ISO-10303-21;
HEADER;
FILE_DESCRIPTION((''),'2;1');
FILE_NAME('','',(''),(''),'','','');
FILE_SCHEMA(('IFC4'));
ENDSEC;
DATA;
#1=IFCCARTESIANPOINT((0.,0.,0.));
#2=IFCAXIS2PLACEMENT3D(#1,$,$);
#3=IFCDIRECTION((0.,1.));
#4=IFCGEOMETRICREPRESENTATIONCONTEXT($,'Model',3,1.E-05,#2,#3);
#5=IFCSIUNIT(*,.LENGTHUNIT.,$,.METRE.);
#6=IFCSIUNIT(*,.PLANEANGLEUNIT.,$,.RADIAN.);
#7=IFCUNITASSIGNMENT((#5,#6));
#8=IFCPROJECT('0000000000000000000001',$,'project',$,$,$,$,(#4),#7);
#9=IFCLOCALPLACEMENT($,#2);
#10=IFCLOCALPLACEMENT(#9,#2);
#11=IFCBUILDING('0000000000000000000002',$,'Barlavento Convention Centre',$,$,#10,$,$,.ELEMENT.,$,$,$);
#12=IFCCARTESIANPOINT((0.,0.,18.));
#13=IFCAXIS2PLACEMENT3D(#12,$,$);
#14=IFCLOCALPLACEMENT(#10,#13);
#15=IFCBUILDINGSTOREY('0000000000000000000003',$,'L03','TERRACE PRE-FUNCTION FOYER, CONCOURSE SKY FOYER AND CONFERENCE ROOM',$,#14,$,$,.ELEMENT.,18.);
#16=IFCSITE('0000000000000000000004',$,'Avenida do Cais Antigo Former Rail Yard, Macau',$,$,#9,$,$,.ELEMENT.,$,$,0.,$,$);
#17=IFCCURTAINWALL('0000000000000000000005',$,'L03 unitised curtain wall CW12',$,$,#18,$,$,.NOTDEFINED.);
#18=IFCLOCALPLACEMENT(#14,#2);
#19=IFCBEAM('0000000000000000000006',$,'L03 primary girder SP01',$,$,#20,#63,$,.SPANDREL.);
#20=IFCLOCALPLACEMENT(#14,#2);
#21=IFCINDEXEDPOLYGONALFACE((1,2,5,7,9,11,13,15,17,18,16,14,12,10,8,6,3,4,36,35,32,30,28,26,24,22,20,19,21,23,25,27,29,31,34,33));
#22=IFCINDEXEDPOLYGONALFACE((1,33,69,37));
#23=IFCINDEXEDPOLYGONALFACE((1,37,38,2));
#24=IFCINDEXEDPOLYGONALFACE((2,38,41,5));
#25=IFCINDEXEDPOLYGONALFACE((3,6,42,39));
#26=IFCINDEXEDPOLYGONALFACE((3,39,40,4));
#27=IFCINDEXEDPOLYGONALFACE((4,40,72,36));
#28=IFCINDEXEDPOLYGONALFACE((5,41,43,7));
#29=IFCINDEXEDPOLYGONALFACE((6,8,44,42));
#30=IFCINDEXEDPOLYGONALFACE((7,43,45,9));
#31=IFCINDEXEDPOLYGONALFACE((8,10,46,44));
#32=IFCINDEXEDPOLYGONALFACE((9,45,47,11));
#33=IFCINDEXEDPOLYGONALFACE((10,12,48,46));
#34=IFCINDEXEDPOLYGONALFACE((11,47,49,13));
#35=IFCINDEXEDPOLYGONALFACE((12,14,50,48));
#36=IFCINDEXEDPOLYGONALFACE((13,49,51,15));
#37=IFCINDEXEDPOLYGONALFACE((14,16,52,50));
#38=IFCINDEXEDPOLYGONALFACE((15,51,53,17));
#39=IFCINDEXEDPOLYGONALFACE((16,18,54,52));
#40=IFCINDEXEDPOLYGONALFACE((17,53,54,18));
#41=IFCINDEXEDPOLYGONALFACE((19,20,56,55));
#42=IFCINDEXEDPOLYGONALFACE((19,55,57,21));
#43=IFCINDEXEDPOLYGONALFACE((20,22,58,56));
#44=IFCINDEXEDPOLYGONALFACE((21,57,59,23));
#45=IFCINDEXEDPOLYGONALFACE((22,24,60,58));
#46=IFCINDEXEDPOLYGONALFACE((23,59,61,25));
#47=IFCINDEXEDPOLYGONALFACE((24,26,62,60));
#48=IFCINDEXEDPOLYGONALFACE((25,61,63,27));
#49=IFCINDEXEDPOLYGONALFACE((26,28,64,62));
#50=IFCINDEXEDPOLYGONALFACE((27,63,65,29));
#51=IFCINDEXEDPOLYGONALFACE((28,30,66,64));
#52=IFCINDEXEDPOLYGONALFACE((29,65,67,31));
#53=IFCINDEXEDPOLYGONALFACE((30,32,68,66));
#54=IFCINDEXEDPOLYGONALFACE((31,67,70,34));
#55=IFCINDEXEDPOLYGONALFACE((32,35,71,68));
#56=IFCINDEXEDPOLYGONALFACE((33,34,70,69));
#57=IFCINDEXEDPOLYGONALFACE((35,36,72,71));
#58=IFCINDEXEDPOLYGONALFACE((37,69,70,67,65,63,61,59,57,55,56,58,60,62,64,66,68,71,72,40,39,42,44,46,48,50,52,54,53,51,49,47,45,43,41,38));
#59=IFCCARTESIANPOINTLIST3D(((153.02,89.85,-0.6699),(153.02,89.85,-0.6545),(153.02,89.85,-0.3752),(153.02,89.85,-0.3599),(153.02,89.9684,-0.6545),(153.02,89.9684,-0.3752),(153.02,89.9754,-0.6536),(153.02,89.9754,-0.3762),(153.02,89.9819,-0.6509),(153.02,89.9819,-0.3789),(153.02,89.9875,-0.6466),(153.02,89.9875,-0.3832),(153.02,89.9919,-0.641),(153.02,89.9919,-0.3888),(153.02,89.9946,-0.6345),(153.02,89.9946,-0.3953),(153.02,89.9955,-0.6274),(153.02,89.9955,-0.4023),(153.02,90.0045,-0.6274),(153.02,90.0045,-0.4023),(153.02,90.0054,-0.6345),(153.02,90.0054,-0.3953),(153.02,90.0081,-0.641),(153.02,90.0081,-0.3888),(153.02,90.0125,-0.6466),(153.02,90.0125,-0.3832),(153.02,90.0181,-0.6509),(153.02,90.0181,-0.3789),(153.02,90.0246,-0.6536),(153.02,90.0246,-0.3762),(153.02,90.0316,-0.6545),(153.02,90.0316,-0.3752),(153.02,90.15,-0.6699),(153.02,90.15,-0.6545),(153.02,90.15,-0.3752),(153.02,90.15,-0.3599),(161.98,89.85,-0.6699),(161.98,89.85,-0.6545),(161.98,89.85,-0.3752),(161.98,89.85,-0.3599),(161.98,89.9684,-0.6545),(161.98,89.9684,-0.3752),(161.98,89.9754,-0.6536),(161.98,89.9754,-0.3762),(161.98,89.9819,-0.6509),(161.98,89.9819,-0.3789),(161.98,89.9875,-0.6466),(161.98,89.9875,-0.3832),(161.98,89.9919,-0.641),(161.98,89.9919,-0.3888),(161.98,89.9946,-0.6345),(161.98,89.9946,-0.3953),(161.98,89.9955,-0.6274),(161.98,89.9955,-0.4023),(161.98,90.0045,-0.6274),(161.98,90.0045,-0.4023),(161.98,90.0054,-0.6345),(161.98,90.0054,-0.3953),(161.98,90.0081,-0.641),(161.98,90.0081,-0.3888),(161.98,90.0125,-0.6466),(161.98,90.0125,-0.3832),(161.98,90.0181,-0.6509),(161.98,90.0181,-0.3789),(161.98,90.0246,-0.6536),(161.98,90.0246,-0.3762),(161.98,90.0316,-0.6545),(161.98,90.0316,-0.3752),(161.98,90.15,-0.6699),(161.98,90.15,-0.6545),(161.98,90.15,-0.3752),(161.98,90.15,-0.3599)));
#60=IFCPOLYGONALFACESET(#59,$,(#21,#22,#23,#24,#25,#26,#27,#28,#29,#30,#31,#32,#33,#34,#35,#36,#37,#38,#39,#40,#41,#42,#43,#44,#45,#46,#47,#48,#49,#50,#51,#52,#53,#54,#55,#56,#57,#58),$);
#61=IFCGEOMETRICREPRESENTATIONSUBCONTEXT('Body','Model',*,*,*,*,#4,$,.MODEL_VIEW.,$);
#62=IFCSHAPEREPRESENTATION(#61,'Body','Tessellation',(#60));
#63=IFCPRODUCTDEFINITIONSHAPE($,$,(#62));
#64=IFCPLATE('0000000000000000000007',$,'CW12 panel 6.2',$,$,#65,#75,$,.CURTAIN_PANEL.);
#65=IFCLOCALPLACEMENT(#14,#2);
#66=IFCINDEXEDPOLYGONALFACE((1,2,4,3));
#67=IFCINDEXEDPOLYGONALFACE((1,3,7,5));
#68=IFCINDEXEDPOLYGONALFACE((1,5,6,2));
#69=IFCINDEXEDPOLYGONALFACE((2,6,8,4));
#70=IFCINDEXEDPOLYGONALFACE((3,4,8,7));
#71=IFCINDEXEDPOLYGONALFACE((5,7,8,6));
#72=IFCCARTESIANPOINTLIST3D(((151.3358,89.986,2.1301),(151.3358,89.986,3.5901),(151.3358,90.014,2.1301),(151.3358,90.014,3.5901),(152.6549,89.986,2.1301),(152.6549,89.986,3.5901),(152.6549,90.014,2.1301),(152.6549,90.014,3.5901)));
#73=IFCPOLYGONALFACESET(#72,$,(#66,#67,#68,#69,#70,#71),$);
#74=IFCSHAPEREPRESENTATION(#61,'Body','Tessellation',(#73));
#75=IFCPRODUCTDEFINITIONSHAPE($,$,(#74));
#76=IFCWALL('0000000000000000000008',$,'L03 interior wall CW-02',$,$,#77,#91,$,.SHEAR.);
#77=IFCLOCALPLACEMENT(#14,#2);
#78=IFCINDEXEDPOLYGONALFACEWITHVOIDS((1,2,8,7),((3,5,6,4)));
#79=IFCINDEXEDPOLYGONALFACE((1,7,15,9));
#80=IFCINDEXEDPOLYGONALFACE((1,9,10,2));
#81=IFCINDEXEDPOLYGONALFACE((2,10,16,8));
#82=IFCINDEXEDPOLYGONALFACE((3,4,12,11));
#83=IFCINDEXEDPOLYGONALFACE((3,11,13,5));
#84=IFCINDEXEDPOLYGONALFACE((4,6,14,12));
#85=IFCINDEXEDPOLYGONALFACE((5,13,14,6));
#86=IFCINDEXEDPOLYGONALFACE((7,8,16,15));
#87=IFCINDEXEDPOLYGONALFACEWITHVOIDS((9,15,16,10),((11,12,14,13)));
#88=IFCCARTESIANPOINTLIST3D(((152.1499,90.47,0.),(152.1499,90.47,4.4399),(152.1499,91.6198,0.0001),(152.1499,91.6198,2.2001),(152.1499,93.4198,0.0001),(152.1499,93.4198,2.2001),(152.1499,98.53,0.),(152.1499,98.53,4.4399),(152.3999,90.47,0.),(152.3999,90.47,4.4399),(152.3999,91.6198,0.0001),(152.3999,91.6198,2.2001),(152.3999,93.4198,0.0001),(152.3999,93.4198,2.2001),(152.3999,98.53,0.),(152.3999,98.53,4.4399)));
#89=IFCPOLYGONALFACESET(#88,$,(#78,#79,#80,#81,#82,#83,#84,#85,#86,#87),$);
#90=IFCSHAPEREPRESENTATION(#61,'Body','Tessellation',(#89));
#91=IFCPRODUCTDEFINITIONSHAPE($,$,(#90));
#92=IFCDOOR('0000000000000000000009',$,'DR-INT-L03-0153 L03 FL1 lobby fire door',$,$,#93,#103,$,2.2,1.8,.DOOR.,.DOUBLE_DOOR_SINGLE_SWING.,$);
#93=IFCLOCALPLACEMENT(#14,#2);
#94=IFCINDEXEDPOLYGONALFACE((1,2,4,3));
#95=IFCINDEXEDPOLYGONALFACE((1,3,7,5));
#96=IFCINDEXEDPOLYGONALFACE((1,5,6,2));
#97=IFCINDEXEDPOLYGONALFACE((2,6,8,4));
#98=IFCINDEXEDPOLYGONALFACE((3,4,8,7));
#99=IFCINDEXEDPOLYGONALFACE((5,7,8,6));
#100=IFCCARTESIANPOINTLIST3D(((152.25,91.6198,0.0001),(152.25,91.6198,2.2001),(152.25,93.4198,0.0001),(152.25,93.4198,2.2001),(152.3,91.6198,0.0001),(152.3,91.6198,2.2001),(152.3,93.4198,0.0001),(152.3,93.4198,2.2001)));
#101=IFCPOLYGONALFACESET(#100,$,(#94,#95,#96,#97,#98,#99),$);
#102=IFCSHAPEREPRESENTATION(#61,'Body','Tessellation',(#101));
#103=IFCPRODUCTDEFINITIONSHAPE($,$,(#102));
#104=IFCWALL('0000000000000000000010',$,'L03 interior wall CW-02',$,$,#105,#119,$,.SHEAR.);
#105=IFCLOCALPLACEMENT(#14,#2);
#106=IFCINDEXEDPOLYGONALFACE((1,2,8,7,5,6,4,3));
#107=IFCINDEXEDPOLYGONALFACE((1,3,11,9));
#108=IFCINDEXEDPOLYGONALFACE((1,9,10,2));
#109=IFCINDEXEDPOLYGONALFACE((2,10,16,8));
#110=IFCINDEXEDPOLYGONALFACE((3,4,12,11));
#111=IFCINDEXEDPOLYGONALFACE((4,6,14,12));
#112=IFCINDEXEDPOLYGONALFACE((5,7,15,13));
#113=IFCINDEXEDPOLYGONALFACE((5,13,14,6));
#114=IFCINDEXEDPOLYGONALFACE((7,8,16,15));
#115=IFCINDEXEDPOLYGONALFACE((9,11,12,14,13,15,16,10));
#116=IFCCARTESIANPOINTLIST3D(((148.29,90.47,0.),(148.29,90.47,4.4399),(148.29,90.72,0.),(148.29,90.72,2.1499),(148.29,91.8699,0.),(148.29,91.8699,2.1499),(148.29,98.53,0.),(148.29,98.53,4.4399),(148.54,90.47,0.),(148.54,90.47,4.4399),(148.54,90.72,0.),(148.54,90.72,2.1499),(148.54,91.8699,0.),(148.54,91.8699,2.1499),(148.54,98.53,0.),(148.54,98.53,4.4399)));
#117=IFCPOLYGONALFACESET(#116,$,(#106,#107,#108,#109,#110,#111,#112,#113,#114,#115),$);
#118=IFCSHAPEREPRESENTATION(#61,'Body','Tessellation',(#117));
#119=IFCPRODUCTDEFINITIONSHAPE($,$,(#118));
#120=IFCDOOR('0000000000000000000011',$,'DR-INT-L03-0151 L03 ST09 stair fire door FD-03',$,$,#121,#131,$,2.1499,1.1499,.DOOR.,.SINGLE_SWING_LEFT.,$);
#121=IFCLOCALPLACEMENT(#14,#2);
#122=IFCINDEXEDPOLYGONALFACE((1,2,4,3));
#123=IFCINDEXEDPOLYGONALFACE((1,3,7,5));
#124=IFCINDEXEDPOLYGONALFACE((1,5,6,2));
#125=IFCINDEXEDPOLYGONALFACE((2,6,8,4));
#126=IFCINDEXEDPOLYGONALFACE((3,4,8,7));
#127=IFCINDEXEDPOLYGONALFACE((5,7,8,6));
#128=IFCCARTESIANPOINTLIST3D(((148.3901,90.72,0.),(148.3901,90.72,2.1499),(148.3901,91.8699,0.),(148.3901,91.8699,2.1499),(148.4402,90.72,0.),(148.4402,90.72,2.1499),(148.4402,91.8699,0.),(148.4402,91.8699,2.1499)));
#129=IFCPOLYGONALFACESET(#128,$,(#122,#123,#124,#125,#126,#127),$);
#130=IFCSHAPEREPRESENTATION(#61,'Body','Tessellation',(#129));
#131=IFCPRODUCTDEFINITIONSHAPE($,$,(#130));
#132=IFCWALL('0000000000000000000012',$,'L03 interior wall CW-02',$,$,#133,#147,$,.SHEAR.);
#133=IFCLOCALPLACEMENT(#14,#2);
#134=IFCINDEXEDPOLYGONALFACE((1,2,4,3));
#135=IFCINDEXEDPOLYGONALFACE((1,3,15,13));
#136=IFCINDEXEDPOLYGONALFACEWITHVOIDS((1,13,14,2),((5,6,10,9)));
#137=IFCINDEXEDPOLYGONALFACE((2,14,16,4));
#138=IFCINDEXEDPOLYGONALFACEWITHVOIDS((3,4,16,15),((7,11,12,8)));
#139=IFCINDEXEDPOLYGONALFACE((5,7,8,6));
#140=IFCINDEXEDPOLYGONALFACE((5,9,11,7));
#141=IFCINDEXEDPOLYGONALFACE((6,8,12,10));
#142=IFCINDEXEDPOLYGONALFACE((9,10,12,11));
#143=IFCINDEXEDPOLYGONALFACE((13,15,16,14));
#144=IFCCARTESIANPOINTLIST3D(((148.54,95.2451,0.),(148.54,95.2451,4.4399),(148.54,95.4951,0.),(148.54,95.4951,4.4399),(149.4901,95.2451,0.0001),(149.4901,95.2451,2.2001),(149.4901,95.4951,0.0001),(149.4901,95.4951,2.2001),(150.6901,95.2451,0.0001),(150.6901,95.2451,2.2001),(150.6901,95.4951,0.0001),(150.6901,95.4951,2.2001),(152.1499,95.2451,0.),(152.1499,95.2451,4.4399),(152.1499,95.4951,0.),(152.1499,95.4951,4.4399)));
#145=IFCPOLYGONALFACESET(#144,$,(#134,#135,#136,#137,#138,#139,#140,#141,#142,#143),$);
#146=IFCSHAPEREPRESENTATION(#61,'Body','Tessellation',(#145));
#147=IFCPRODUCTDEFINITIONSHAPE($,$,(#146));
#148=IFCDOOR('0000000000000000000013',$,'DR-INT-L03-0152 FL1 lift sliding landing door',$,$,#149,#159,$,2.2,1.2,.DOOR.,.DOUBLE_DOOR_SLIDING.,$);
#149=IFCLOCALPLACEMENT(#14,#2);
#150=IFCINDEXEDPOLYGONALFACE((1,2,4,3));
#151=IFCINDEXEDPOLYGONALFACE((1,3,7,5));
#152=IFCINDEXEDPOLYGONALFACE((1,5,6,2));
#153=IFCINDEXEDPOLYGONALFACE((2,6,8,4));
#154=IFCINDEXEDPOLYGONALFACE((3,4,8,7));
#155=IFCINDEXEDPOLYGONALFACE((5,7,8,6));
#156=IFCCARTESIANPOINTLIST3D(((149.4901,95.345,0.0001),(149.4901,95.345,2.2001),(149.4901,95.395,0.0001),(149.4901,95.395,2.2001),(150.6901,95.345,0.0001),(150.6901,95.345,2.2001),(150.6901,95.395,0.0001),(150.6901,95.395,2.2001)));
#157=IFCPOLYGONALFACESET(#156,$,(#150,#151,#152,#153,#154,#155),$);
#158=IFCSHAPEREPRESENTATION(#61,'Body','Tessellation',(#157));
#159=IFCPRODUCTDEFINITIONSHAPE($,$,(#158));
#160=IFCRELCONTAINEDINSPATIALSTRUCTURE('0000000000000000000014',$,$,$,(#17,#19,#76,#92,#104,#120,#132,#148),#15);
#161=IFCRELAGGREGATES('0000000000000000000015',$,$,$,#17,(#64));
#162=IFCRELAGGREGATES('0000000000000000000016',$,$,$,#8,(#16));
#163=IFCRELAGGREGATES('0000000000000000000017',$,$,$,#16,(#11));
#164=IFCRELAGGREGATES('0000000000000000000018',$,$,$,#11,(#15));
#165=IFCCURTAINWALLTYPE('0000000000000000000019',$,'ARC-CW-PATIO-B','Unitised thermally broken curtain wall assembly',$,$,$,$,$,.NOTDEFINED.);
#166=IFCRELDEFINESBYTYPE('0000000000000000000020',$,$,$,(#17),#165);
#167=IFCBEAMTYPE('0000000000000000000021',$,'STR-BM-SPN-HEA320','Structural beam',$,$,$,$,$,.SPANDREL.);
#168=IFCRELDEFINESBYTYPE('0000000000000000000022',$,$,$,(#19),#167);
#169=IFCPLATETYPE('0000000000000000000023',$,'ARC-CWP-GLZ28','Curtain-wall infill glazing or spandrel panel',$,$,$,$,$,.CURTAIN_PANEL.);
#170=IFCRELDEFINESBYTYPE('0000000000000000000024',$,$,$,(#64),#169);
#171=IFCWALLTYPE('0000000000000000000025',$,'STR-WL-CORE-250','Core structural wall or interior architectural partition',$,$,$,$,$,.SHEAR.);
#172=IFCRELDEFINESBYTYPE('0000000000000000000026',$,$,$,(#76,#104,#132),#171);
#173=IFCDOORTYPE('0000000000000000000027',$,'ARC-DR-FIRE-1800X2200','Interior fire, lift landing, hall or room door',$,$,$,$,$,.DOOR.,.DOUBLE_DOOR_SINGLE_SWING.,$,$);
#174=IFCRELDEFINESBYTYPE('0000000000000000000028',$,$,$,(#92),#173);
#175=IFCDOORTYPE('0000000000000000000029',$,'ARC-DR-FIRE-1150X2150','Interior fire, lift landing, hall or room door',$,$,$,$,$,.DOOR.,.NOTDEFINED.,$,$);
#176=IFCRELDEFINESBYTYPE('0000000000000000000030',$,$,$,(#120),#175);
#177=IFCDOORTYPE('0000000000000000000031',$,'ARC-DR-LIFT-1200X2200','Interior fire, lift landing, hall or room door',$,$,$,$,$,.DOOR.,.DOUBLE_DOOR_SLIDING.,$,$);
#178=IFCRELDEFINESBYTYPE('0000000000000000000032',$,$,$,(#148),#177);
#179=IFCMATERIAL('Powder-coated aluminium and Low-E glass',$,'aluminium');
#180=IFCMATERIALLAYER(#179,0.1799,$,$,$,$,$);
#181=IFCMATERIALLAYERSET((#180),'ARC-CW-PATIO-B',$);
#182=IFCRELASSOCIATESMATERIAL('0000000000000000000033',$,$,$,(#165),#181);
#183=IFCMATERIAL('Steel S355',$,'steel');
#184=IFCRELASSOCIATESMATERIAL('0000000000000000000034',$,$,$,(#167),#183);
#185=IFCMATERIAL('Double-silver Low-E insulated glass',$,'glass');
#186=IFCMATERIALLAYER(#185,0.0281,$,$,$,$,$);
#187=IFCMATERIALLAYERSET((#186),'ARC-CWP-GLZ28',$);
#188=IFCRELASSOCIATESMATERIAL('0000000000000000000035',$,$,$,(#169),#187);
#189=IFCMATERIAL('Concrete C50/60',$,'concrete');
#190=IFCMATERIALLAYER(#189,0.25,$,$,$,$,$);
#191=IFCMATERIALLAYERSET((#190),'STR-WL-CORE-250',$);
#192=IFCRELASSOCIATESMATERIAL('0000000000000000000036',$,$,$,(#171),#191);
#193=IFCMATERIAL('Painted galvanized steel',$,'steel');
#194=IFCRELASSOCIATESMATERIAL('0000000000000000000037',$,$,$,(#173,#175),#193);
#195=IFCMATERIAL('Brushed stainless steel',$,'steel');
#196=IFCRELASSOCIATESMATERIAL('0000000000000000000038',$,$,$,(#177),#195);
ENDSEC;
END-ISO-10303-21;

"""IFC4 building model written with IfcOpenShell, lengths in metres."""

from ifc_helpers import new_model, si_unit, direction, frame, frame_2d, origin, origin_2d, place, context, subcontext, project, spatial, rectangle, i_section, extrude, material, layer, layer_set, material_profile, profile_set, type_object, element, fill, aggregate, save


model = new_model("IFC4")

# Units and contexts
model_context = context("Model", 3, precision=1e-05, world=origin(), true_north=direction((0.0, 1.0)))
body_context = subcontext(model_context, "Body", "Model", "MODEL_VIEW")
ifc_project = project(units=[si_unit("LENGTHUNIT", "METRE"), si_unit("PLANEANGLEUNIT", "RADIAN")], contexts=[model_context])

# Site, building, storey
site_placement = place(None, origin())
site = spatial("IfcSite", under=ifc_project, at=site_placement, Name="Avenida do Cais Antigo Former Rail Yard, Macau", CompositionType="ELEMENT", RefElevation=0.0)
building_placement = place(site_placement, origin())
building = spatial("IfcBuilding", under=site, at=building_placement, Name="Barlavento Convention Centre", CompositionType="ELEMENT")
storey_placement = place(building_placement, frame((0.0, 0.0, 18.0)))
storey = spatial("IfcBuildingStorey", under=building, at=storey_placement, Name="L03", Description="TERRACE PRE-FUNCTION FOYER, CONCOURSE SKY FOYER AND CONFERENCE ROOM", CompositionType="ELEMENT", Elevation=18.0)

# Shared definitions
ifc_material_1 = material(Name="Steel S355", Category="steel")

# Curtain wall
ifc_material_2 = material(Name="Powder-coated aluminium and Low-E glass", Category="aluminium")
ifc_layer_1 = layer(ifc_material_2, 0.1799)
ifc_layer_set_1 = layer_set([ifc_layer_1], Name="ARC-CW-PATIO-B")
curtain_wall_type_1 = type_object("IfcCurtainWallType", Name="ARC-CW-PATIO-B", Description="Unitised thermally broken curtain wall assembly", PredefinedType="NOTDEFINED", material=ifc_layer_set_1)
curtain_wall_1_placement = place(storey_placement, origin())
curtain_wall_1 = element("IfcCurtainWall", 1, at=curtain_wall_1_placement, inside=storey, type_object=curtain_wall_type_1, Name="L03 unitised curtain wall CW12", PredefinedType="NOTDEFINED")

# Beam
ifc_material_profile_1 = material_profile(ifc_material_1, i_section(OverallWidth=0.3, OverallDepth=0.3101, WebThickness=0.009, FlangeThickness=0.0154, FilletRadius=0.0271, at=origin_2d()), Name="HEA 320")
ifc_profile_set_1 = profile_set([ifc_material_profile_1], Name="Steel S355")
beam_type_1 = type_object("IfcBeamType", Name="STR-BM-SPN-HEA320", Description="Structural beam", PredefinedType="SPANDREL", material=ifc_profile_set_1)
beam_1_placement = place(storey_placement, frame((153.02, 90.0, -0.5149), z_axis=(1.0, 0.0, 0.0), x_axis=(0.0, 1.0, 0.0)))
element("IfcBeam", 2, at=beam_1_placement, inside=storey, type_object=beam_type_1, Name="L03 primary girder SP01", PredefinedType="SPANDREL", context=body_context, shape_type="SweptSolid", body=[
    extrude(i_section(OverallWidth=0.3, OverallDepth=0.3101, WebThickness=0.009, FlangeThickness=0.0154, FilletRadius=0.0271, at=origin_2d()), origin(), (0.0, 0.0, 1.0), 8.96),
])

# Plate
ifc_material_3 = material(Name="Double-silver Low-E insulated glass", Category="glass")
ifc_layer_2 = layer(ifc_material_3, 0.0281)
ifc_layer_set_2 = layer_set([ifc_layer_2], Name="ARC-CWP-GLZ28")
plate_type = type_object("IfcPlateType", Name="ARC-CWP-GLZ28", Description="Curtain-wall infill glazing or spandrel panel", PredefinedType="CURTAIN_PANEL", material=ifc_layer_set_2)
plate_placement = place(storey_placement, frame((151.9954, 90.0, 2.1301), z_axis=(0.0, 0.0, 1.0), x_axis=(1.0, 0.0, 0.0)))
plate = element("IfcPlate", 3, at=plate_placement, type_object=plate_type, Name="CW12 panel 6.2", PredefinedType="CURTAIN_PANEL", context=body_context, shape_type="SweptSolid", body=[
    extrude(rectangle(XDim=1.3191, YDim=0.0281, at=origin_2d()), origin(), (0.0, 0.0, 1.0), 1.46),
])
aggregate(curtain_wall_1, [plate])

# Walls, openings, doors
ifc_material_4 = material(Name="Concrete C50/60", Category="concrete")
ifc_layer_3 = layer(ifc_material_4, 0.25)
ifc_layer_set_3 = layer_set([ifc_layer_3], Name="STR-WL-CORE-250")
wall_type = type_object("IfcWallType", Name="STR-WL-CORE-250", Description="Core structural wall or interior architectural partition", PredefinedType="SHEAR", material=ifc_layer_set_3)
wall_1_placement = place(storey_placement, frame((152.2749, 90.47, 0.0), z_axis=(0.0, 0.0, 1.0), x_axis=(0.0, 1.0, 0.0)))
wall_1 = element("IfcWall", 4, at=wall_1_placement, inside=storey, type_object=wall_type, Name="L03 interior wall CW-02", PredefinedType="SHEAR", context=body_context, shape_type="SweptSolid", body=[
    extrude(rectangle(XDim=8.0601, YDim=0.25, at=frame_2d((4.03, 0.0))), origin(), (0.0, 0.0, 1.0), 4.4399),
])
opening_1_placement = place(wall_1_placement, frame((1.1499, 0.0, 0.0)))
opening_1 = element("IfcOpeningElement", 5, at=opening_1_placement, cuts=wall_1, PredefinedType="OPENING", context=body_context, shape_type="SweptSolid", body=[
    extrude(rectangle(XDim=1.8, YDim=2.2, at=frame_2d((0.8999, 1.1001))), frame((0.0, 0.135, 0.0), z_axis=(0.0, -1.0, 0.0), x_axis=(1.0, 0.0, 0.0)), (0.0, 0.0, 1.0), 0.27),
])
ifc_material_5 = material(Name="Painted galvanized steel", Category="steel")
door_type_1 = type_object("IfcDoorType", Name="ARC-DR-FIRE-1800X2200", Description="Interior fire, lift landing, hall or room door", OperationType="DOUBLE_DOOR_SINGLE_SWING", PredefinedType="DOOR", material=ifc_material_5)
door_1_placement = place(opening_1_placement, origin())
door_1 = element("IfcDoor", 6, at=door_1_placement, inside=storey, type_object=door_type_1, Name="DR-INT-L03-0153 L03 FL1 lobby fire door", OperationType="DOUBLE_DOOR_SINGLE_SWING", OverallHeight=2.2, OverallWidth=1.8, PredefinedType="DOOR", context=body_context, shape_type="SweptSolid", body=[
    extrude(rectangle(XDim=1.8, YDim=2.2, at=frame_2d((0.8999, 1.1001))), frame((0.0, 0.0249, 0.0), z_axis=(0.0, -1.0, 0.0), x_axis=(1.0, 0.0, 0.0)), (0.0, 0.0, 1.0), 0.05),
])
fill(opening_1, door_1)
wall_2_placement = place(storey_placement, frame((148.415, 90.47, 0.0), z_axis=(0.0, 0.0, 1.0), x_axis=(0.0, 1.0, 0.0)))
wall_2 = element("IfcWall", 7, at=wall_2_placement, inside=storey, type_object=wall_type, Name="L03 interior wall CW-02", PredefinedType="SHEAR", context=body_context, shape_type="SweptSolid", body=[
    extrude(rectangle(XDim=8.0601, YDim=0.25, at=frame_2d((4.03, 0.0))), origin(), (0.0, 0.0, 1.0), 4.4399),
])
opening_2_placement = place(wall_2_placement, frame((0.25, 0.0, 0.0)))
opening_2 = element("IfcOpeningElement", 8, at=opening_2_placement, cuts=wall_2, PredefinedType="OPENING", context=body_context, shape_type="SweptSolid", body=[
    extrude(rectangle(XDim=1.1499, YDim=2.1499, at=frame_2d((0.575, 1.075))), frame((0.0, 0.135, 0.0), z_axis=(0.0, -1.0, 0.0), x_axis=(1.0, 0.0, 0.0)), (0.0, 0.0, 1.0), 0.27),
])
door_type_2 = type_object("IfcDoorType", Name="ARC-DR-FIRE-1150X2150", Description="Interior fire, lift landing, hall or room door", OperationType="NOTDEFINED", PredefinedType="DOOR", material=ifc_material_5)
door_2_placement = place(opening_2_placement, origin())
door_2 = element("IfcDoor", 9, at=door_2_placement, inside=storey, type_object=door_type_2, Name="DR-INT-L03-0151 L03 ST09 stair fire door FD-03", OperationType="SINGLE_SWING_LEFT", OverallHeight=2.1499, OverallWidth=1.1499, PredefinedType="DOOR", context=body_context, shape_type="SweptSolid", body=[
    extrude(rectangle(XDim=1.1499, YDim=2.1499, at=frame_2d((0.575, 1.075))), frame((0.0, 0.0249, 0.0), z_axis=(0.0, -1.0, 0.0), x_axis=(1.0, 0.0, 0.0)), (0.0, 0.0, 1.0), 0.05),
])
fill(opening_2, door_2)
wall_3_placement = place(storey_placement, frame((148.54, 95.3701, 0.0), z_axis=(0.0, 0.0, 1.0), x_axis=(1.0, 0.0, 0.0)))
wall_3 = element("IfcWall", 10, at=wall_3_placement, inside=storey, type_object=wall_type, Name="L03 interior wall CW-02", PredefinedType="SHEAR", context=body_context, shape_type="SweptSolid", body=[
    extrude(rectangle(XDim=3.6099, YDim=0.25, at=frame_2d((1.8049, 0.0))), origin(), (0.0, 0.0, 1.0), 4.4399),
])
opening_3_placement = place(wall_3_placement, frame((0.95, 0.0, 0.0)))
opening_3 = element("IfcOpeningElement", 11, at=opening_3_placement, cuts=wall_3, PredefinedType="OPENING", context=body_context, shape_type="SweptSolid", body=[
    extrude(rectangle(XDim=1.2, YDim=2.2, at=frame_2d((0.6001, 1.1001))), frame((0.0, 0.135, 0.0), z_axis=(0.0, -1.0, 0.0), x_axis=(1.0, 0.0, 0.0)), (0.0, 0.0, 1.0), 0.27),
])
ifc_material_6 = material(Name="Brushed stainless steel", Category="steel")
door_type_3 = type_object("IfcDoorType", Name="ARC-DR-LIFT-1200X2200", Description="Interior fire, lift landing, hall or room door", OperationType="DOUBLE_DOOR_SLIDING", PredefinedType="DOOR", material=ifc_material_6)
door_3_placement = place(opening_3_placement, origin())
door_3 = element("IfcDoor", 12, at=door_3_placement, inside=storey, type_object=door_type_3, Name="DR-INT-L03-0152 FL1 lift sliding landing door", OperationType="DOUBLE_DOOR_SLIDING", OverallHeight=2.2, OverallWidth=1.2, PredefinedType="DOOR", context=body_context, shape_type="SweptSolid", body=[
    extrude(rectangle(XDim=1.2, YDim=2.2, at=frame_2d((0.6001, 1.1001))), frame((0.0, 0.0249, 0.0), z_axis=(0.0, -1.0, 0.0), x_axis=(1.0, 0.0, 0.0)), (0.0, 0.0, 1.0), 0.05),
])
fill(opening_3, door_3)

save(model, "model.ifc")
